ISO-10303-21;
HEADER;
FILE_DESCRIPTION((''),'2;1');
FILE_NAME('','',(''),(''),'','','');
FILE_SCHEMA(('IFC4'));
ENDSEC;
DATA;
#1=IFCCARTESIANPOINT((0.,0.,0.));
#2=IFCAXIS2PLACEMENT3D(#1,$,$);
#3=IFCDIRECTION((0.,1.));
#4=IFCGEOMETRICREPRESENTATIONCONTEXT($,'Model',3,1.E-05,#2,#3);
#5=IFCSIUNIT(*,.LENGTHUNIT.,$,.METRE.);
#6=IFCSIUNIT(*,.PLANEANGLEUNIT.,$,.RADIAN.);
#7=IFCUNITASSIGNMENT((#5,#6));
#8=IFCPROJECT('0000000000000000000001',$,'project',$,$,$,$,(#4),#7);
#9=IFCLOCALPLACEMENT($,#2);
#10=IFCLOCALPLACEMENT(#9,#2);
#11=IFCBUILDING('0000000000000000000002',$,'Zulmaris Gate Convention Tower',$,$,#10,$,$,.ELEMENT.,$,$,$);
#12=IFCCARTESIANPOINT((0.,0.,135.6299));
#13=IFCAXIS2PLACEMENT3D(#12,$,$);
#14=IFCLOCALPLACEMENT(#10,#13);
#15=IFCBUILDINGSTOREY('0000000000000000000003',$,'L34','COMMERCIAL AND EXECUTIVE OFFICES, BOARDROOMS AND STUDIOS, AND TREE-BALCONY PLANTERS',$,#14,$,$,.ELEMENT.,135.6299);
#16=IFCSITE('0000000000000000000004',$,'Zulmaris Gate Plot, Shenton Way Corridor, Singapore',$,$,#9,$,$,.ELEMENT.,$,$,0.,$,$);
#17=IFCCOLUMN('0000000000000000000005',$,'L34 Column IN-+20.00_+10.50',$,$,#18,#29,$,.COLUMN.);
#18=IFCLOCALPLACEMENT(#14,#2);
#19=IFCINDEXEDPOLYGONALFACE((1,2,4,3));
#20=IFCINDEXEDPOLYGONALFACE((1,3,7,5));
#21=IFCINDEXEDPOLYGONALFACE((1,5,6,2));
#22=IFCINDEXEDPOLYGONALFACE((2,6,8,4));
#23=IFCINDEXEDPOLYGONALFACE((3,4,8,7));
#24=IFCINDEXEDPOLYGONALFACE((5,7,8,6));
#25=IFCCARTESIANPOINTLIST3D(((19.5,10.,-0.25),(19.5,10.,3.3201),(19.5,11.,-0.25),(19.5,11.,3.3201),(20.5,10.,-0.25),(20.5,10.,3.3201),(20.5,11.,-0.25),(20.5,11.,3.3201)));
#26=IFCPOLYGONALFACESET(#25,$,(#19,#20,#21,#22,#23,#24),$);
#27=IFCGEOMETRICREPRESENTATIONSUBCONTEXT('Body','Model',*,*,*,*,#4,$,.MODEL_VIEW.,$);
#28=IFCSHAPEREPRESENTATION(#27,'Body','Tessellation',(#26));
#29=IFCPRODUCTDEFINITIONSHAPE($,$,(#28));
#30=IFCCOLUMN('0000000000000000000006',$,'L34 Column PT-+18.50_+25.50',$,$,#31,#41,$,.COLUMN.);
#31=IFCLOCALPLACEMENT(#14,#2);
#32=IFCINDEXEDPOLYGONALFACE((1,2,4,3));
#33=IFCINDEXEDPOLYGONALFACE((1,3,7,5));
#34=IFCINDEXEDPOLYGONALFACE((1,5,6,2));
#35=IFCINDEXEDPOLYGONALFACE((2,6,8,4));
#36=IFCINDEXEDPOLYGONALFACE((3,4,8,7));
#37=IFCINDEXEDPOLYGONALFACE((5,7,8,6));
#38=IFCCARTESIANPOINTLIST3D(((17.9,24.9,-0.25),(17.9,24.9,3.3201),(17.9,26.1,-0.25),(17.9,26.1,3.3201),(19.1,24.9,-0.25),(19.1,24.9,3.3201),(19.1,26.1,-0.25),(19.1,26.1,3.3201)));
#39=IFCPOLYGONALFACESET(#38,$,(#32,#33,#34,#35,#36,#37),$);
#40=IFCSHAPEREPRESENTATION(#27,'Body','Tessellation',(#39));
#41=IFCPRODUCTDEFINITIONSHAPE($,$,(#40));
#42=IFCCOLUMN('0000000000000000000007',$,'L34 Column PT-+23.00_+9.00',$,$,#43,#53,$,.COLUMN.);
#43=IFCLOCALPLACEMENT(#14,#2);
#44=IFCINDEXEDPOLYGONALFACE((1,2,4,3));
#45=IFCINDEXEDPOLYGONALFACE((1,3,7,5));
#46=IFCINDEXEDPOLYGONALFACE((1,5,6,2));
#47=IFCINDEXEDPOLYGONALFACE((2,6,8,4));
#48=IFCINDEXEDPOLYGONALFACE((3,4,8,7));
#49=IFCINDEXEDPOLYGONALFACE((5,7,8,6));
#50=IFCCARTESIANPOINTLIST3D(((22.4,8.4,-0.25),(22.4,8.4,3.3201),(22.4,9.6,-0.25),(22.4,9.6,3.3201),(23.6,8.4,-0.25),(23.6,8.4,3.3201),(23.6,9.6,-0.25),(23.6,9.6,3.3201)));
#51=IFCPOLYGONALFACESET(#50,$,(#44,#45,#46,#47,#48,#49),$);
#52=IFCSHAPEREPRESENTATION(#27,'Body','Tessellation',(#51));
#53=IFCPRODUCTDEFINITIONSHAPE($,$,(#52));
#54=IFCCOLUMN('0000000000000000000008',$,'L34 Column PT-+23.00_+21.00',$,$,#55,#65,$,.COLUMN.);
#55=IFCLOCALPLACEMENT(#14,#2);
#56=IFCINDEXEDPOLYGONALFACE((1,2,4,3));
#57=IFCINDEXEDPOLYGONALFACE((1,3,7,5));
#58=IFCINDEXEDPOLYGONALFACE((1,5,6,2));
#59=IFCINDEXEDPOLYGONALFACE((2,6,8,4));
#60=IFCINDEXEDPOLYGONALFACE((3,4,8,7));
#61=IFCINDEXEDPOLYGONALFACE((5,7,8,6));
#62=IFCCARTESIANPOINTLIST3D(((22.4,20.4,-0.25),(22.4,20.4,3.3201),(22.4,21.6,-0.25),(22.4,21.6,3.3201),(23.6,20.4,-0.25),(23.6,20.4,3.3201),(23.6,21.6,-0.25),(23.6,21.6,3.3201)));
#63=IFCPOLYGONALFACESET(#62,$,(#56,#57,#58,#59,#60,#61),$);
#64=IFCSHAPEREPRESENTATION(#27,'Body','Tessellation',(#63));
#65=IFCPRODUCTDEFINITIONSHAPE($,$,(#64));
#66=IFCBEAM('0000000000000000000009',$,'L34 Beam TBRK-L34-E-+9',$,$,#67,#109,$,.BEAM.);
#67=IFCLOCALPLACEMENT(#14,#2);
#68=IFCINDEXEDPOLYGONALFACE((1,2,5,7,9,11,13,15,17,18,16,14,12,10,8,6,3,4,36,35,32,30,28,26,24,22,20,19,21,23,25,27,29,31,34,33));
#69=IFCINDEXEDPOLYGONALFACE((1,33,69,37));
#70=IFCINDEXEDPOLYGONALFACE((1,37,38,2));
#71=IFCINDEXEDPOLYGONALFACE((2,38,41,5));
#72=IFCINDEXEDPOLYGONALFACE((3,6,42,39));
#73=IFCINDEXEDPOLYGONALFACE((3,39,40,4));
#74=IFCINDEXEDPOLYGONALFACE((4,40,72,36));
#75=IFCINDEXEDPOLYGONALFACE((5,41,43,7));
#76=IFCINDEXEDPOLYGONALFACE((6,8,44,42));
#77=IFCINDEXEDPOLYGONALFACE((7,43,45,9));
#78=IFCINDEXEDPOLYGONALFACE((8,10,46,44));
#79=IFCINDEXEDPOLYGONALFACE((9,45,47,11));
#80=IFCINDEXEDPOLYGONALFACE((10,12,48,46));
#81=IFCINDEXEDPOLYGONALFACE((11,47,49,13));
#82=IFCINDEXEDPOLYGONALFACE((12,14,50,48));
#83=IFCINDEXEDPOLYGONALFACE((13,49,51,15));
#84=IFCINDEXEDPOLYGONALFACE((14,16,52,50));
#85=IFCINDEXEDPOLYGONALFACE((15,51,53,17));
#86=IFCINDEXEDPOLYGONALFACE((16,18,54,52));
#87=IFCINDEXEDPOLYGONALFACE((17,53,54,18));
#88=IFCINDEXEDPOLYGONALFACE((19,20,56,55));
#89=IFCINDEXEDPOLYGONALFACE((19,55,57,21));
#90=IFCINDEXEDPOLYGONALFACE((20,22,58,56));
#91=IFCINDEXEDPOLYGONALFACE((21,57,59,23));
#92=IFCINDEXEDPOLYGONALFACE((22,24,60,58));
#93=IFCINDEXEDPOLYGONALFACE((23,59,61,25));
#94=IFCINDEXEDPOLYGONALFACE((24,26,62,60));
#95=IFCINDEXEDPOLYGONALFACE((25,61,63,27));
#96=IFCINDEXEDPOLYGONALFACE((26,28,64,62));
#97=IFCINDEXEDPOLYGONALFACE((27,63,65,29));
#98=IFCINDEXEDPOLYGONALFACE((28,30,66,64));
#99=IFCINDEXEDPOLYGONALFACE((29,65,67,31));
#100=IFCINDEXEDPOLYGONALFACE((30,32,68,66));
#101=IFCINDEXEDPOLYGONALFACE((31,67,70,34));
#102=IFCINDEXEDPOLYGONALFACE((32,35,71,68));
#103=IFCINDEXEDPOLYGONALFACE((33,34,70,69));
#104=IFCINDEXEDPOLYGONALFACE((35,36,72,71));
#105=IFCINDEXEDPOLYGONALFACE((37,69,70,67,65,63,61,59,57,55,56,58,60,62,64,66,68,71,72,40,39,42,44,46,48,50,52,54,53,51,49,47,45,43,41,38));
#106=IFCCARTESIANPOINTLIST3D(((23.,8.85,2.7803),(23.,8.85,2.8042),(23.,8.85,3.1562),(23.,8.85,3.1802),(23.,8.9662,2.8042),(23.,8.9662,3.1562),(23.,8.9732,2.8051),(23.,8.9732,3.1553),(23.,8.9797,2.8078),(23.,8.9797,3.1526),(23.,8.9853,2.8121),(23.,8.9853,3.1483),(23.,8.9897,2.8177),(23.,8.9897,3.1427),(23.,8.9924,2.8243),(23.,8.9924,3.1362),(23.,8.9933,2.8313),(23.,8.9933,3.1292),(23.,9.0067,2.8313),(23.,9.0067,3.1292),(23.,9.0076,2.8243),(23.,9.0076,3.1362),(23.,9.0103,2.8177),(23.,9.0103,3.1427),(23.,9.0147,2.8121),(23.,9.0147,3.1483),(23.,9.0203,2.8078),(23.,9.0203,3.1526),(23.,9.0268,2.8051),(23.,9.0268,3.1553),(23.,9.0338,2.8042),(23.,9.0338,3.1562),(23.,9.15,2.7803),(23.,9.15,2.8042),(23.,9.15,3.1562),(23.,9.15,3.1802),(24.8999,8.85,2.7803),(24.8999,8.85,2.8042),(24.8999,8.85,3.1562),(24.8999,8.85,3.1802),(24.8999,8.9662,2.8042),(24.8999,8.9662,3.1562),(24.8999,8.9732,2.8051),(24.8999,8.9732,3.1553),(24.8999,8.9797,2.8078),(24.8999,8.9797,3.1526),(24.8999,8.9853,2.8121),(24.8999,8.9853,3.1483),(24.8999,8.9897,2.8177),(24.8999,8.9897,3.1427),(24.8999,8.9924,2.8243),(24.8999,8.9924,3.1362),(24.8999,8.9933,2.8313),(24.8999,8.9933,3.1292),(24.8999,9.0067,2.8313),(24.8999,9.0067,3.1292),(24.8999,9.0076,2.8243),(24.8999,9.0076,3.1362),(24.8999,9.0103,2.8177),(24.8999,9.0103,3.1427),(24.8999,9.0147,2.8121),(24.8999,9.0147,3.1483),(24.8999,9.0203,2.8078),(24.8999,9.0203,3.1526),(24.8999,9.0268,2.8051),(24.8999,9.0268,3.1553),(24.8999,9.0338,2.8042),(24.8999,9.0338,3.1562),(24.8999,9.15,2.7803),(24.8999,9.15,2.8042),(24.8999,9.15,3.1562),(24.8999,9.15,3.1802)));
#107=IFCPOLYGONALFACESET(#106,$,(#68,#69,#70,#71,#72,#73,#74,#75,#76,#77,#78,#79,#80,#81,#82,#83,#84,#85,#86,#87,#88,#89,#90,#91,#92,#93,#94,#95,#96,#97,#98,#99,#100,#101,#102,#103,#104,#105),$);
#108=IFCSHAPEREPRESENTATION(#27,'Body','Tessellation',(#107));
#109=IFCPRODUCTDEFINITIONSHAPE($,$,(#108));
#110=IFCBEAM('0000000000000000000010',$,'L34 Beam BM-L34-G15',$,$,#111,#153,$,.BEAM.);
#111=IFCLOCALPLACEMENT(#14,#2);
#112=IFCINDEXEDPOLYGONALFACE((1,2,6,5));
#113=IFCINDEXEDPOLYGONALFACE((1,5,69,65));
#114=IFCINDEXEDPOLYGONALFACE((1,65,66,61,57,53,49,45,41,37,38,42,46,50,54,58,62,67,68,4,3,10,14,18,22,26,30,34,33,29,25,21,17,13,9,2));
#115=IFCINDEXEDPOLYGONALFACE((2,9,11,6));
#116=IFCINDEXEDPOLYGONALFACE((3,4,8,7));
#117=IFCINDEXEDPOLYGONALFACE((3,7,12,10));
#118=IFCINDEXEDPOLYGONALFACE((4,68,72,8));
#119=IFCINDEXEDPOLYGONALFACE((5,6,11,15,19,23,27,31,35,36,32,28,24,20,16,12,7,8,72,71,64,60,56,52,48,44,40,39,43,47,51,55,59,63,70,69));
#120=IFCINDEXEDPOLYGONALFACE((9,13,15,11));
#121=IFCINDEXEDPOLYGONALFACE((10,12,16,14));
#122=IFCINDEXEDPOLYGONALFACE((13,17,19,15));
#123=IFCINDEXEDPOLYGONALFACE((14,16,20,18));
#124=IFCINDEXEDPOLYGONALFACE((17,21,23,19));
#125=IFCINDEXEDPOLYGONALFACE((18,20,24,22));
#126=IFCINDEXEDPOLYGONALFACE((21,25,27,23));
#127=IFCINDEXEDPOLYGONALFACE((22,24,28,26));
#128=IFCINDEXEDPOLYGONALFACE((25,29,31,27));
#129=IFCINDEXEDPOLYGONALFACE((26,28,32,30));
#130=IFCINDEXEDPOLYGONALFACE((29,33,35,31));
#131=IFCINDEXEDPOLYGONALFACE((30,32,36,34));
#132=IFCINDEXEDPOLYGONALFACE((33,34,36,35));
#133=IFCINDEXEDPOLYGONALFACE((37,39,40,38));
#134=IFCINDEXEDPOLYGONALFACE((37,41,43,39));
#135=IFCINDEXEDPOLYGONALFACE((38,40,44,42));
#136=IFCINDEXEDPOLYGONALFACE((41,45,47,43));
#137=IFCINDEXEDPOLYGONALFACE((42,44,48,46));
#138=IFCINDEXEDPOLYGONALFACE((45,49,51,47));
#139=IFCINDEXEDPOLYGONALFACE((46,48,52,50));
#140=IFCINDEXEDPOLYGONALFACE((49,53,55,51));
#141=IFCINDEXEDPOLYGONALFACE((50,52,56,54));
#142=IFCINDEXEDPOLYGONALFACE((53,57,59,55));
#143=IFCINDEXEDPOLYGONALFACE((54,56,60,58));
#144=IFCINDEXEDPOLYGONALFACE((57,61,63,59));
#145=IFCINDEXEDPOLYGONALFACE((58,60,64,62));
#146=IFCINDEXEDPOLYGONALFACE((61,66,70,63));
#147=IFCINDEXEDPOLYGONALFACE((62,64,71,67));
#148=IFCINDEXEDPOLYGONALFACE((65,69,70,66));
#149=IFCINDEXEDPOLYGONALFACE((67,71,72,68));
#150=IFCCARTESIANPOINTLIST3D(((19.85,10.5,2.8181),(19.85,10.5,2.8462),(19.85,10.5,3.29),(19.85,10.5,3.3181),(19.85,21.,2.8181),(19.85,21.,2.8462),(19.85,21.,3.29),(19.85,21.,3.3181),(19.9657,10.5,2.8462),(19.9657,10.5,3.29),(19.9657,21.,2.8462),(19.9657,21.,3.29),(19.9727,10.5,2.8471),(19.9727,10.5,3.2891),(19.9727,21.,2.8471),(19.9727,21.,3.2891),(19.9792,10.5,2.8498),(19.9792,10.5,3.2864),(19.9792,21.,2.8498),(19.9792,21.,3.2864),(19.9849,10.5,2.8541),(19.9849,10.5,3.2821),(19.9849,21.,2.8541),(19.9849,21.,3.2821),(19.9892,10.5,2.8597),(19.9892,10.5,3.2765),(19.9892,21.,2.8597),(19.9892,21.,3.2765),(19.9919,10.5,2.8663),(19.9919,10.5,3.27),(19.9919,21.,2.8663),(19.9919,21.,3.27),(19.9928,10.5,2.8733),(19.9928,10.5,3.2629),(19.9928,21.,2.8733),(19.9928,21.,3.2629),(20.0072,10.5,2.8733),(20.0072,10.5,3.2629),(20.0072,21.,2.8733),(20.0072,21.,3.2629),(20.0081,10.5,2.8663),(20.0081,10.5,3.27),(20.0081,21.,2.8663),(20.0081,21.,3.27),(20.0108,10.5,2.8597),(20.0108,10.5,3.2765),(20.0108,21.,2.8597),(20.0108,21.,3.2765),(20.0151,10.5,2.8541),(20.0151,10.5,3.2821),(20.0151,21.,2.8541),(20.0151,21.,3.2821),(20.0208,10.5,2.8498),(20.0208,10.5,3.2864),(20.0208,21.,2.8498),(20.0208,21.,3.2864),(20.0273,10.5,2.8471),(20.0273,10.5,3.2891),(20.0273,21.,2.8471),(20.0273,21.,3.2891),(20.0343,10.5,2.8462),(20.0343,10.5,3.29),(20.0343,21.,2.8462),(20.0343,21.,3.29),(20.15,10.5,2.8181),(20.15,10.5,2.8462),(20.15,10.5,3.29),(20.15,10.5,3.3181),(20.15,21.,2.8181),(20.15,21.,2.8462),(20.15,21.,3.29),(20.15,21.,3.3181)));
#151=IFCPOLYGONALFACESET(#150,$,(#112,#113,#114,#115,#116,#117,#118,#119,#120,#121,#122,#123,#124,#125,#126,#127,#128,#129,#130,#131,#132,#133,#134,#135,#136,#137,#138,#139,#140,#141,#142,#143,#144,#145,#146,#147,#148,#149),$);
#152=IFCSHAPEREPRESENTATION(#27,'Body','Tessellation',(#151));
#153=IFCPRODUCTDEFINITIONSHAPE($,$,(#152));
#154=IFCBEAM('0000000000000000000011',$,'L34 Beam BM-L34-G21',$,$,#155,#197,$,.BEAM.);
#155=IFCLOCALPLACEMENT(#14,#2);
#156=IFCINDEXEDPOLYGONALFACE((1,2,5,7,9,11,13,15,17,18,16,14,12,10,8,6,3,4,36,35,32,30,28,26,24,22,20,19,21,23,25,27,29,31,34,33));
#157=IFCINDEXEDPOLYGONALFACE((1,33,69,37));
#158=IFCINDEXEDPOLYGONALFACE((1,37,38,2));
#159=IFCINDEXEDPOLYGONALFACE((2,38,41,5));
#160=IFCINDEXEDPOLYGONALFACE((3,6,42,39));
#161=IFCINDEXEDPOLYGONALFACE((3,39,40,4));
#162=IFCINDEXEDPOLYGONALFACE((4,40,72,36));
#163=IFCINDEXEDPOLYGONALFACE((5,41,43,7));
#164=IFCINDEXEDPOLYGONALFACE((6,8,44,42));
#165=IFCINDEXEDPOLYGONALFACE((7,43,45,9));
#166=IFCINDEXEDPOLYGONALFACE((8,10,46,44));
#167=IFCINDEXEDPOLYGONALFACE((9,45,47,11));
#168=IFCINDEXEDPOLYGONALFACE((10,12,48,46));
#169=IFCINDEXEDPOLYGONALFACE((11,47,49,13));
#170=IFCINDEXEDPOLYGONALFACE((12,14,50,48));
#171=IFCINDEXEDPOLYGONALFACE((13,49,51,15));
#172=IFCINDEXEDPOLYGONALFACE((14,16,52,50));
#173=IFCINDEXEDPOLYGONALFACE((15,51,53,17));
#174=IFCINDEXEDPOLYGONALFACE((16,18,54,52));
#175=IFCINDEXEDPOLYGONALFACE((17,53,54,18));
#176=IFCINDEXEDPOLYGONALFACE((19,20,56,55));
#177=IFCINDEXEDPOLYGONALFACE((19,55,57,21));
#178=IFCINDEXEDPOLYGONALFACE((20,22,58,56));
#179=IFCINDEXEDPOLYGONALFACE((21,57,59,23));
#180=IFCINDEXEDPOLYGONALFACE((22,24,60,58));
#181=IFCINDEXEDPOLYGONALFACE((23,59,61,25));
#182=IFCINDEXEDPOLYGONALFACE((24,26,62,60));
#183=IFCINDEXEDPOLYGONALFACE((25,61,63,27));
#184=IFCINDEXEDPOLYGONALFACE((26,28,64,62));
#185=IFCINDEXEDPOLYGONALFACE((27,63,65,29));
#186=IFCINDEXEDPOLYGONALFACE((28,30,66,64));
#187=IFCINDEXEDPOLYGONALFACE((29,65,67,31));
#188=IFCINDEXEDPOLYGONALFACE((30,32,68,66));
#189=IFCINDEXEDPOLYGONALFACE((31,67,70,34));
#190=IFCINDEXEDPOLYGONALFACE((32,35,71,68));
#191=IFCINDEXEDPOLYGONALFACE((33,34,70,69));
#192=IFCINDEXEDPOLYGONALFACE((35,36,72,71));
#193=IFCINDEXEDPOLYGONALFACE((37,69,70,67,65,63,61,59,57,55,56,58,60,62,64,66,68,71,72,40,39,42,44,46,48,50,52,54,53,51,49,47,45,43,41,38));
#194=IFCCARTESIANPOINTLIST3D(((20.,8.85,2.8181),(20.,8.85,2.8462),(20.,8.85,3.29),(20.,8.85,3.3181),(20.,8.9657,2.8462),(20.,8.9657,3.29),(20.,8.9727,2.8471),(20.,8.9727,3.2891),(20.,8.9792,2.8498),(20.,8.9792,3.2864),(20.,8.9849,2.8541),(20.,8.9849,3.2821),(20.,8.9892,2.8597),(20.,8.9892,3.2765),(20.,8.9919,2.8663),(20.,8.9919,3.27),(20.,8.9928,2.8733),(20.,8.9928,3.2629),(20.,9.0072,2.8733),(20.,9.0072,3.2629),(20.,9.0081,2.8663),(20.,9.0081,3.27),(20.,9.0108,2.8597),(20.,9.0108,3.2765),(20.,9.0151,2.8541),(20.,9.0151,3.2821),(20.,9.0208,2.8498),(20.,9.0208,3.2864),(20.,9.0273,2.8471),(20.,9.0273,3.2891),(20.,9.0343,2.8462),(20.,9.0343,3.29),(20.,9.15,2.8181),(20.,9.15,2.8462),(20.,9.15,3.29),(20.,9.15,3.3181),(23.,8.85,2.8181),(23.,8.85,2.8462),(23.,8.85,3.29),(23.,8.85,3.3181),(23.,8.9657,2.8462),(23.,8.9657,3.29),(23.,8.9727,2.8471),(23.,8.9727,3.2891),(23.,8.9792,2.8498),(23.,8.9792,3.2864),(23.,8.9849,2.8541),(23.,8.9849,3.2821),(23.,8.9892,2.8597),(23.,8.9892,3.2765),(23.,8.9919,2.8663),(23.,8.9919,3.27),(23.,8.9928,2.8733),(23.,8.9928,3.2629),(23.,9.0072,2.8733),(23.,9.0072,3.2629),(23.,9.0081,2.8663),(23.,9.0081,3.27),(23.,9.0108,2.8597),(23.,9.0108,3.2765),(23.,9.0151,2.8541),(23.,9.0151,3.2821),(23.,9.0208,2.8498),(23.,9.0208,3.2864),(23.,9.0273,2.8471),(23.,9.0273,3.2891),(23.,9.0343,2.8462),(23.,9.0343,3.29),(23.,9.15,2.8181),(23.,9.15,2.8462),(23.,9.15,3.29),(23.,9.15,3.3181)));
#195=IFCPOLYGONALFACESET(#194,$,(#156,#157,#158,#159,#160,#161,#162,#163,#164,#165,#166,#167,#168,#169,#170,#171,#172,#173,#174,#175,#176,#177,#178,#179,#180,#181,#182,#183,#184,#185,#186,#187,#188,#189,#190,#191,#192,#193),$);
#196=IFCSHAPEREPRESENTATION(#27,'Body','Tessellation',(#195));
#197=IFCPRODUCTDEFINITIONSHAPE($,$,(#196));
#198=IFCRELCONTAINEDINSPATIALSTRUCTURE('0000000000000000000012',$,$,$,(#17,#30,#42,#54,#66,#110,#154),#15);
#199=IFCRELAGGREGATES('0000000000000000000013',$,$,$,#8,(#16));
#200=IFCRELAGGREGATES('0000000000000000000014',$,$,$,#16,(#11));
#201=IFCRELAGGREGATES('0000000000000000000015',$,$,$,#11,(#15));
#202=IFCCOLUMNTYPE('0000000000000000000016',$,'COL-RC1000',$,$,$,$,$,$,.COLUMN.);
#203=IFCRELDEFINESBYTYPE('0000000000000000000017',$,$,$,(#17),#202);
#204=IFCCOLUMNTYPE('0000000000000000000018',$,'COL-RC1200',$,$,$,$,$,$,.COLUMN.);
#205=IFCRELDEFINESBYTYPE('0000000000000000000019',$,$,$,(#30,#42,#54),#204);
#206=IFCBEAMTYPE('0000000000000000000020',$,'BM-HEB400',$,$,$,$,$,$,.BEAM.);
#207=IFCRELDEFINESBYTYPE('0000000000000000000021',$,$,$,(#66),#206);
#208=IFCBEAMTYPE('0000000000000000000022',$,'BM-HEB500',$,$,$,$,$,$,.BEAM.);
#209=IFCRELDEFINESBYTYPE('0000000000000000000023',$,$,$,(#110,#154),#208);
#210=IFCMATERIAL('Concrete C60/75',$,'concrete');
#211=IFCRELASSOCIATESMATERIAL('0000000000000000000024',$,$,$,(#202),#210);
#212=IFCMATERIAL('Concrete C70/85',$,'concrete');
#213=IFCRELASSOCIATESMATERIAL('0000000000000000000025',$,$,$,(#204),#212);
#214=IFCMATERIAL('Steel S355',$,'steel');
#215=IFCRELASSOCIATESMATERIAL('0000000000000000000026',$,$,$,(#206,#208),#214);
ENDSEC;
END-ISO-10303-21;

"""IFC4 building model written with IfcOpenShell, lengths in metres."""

from ifc_helpers import new_model, si_unit, direction, frame, origin, origin_2d, place, context, subcontext, project, spatial, rectangle, i_section, extrude, material, material_profile, profile_set, type_object, element, save


model = new_model("IFC4")

# Units and contexts
model_context = context("Model", 3, precision=1e-05, world=origin(), true_north=direction((0.0, 1.0)))
body_context = subcontext(model_context, "Body", "Model", "MODEL_VIEW")
ifc_project = project(units=[si_unit("LENGTHUNIT", "METRE"), si_unit("PLANEANGLEUNIT", "RADIAN")], contexts=[model_context])

# Site, building, storey
site_placement = place(None, origin())
site = spatial("IfcSite", under=ifc_project, at=site_placement, Name="Zulmaris Gate Plot, Shenton Way Corridor, Singapore", CompositionType="ELEMENT", RefElevation=0.0)
building_placement = place(site_placement, origin())
building = spatial("IfcBuilding", under=site, at=building_placement, Name="Zulmaris Gate Convention Tower", CompositionType="ELEMENT")
storey_placement = place(building_placement, frame((0.0, 0.0, 135.6299)))
storey = spatial("IfcBuildingStorey", under=building, at=storey_placement, Name="L34", Description="COMMERCIAL AND EXECUTIVE OFFICES, BOARDROOMS AND STUDIOS, AND TREE-BALCONY PLANTERS", CompositionType="ELEMENT", Elevation=135.6299)

# Columns
ifc_material_1 = material(Name="Concrete C60/75", Category="concrete")
ifc_material_profile_1 = material_profile(ifc_material_1, rectangle(XDim=1.0, YDim=1.0, at=origin_2d()), Name="RC COL 1000x1000")
ifc_profile_set_1 = profile_set([ifc_material_profile_1], Name="Concrete C60/75")
column_type_1 = type_object("IfcColumnType", Name="COL-RC1000", PredefinedType="COLUMN", material=ifc_profile_set_1)
column_placement = place(storey_placement, frame((20.0, 10.5, -0.25), z_axis=(0.0, 0.0, 1.0), x_axis=(1.0, 0.0, 0.0)))
element("IfcColumn", 1, at=column_placement, inside=storey, type_object=column_type_1, Name="L34 Column IN-+20.00_+10.50", PredefinedType="COLUMN", context=body_context, shape_type="SweptSolid", body=[
    extrude(rectangle(XDim=1.0, YDim=1.0, at=origin_2d()), origin(), (0.0, 0.0, 1.0), 3.5701),
])
ifc_material_2 = material(Name="Concrete C70/85", Category="concrete")
ifc_material_profile_2 = material_profile(ifc_material_2, rectangle(XDim=1.2, YDim=1.2, at=origin_2d()), Name="RC COL 1200x1200")
ifc_profile_set_2 = profile_set([ifc_material_profile_2], Name="Concrete C70/85")
column_type_2 = type_object("IfcColumnType", Name="COL-RC1200", PredefinedType="COLUMN", material=ifc_profile_set_2)
for number, where, z_axis, x_axis, name in (
    (2, (18.5, 25.5, -0.25), (0.0, 0.0, 1.0), (1.0, 0.0, 0.0), "L34 Column PT-+18.50_+25.50"),
    (3, (23.0, 9.0, -0.25), (0.0, 0.0, 1.0), (1.0, 0.0, 0.0), "L34 Column PT-+23.00_+9.00"),
    (4, (23.0, 21.0, -0.25), (0.0, 0.0, 1.0), (1.0, 0.0, 0.0), "L34 Column PT-+23.00_+21.00"),
):
    element("IfcColumn", number, at=place(storey_placement, frame(where, z_axis=z_axis, x_axis=x_axis)), inside=storey, type_object=column_type_2, Name=name, PredefinedType="COLUMN", context=body_context, shape_type="SweptSolid", body=[
        extrude(rectangle(XDim=1.2, YDim=1.2, at=origin_2d()), origin(), (0.0, 0.0, 1.0), 3.5701),
    ])

# Beams
ifc_material_3 = material(Name="Steel S355", Category="steel")
ifc_material_profile_3 = material_profile(ifc_material_3, i_section(OverallWidth=0.3, OverallDepth=0.3999, WebThickness=0.0134, FlangeThickness=0.0239, FilletRadius=0.0271, at=origin_2d()), Name="HEB 400")
ifc_profile_set_3 = profile_set([ifc_material_profile_3], Name="Steel S355")
beam_type_1 = type_object("IfcBeamType", Name="BM-HEB400", PredefinedType="BEAM", material=ifc_profile_set_3)
beam_1_placement = place(storey_placement, frame((23.0, 9.0, 2.9802), z_axis=(1.0, 0.0, 0.0), x_axis=(0.0, 1.0, 0.0)))
element("IfcBeam", 5, at=beam_1_placement, inside=storey, type_object=beam_type_1, Name="L34 Beam TBRK-L34-E-+9", PredefinedType="BEAM", context=body_context, shape_type="SweptSolid", body=[
    extrude(i_section(OverallWidth=0.3, OverallDepth=0.3999, WebThickness=0.0134, FlangeThickness=0.0239, FilletRadius=0.0271, at=origin_2d()), origin(), (0.0, 0.0, 1.0), 1.8999),
])
ifc_material_profile_4 = material_profile(ifc_material_3, i_section(OverallWidth=0.3, OverallDepth=0.5, WebThickness=0.0144, FlangeThickness=0.0281, FilletRadius=0.0271, at=origin_2d()), Name="HEB 500")
ifc_profile_set_4 = profile_set([ifc_material_profile_4], Name="Steel S355")
beam_type_2 = type_object("IfcBeamType", Name="BM-HEB500", PredefinedType="BEAM", material=ifc_profile_set_4)
beam_2_placement = place(storey_placement, frame((20.0, 10.5, 3.0681), z_axis=(0.0, 1.0, 0.0), x_axis=(-1.0, 0.0, 0.0)))
element("IfcBeam", 6, at=beam_2_placement, inside=storey, type_object=beam_type_2, Name="L34 Beam BM-L34-G15", PredefinedType="BEAM", context=body_context, shape_type="SweptSolid", body=[
    extrude(i_section(OverallWidth=0.3, OverallDepth=0.5, WebThickness=0.0144, FlangeThickness=0.0281, FilletRadius=0.0271, at=origin_2d()), origin(), (0.0, 0.0, 1.0), 10.5),
])
beam_3_placement = place(storey_placement, frame((20.0, 9.0, 3.0681), z_axis=(1.0, 0.0, 0.0), x_axis=(0.0, 1.0, 0.0)))
element("IfcBeam", 7, at=beam_3_placement, inside=storey, type_object=beam_type_2, Name="L34 Beam BM-L34-G21", PredefinedType="BEAM", context=body_context, shape_type="SweptSolid", body=[
    extrude(i_section(OverallWidth=0.3, OverallDepth=0.5, WebThickness=0.0144, FlangeThickness=0.0281, FilletRadius=0.0271, at=origin_2d()), origin(), (0.0, 0.0, 1.0), 3.0),
])

save(model, "model.ifc")
